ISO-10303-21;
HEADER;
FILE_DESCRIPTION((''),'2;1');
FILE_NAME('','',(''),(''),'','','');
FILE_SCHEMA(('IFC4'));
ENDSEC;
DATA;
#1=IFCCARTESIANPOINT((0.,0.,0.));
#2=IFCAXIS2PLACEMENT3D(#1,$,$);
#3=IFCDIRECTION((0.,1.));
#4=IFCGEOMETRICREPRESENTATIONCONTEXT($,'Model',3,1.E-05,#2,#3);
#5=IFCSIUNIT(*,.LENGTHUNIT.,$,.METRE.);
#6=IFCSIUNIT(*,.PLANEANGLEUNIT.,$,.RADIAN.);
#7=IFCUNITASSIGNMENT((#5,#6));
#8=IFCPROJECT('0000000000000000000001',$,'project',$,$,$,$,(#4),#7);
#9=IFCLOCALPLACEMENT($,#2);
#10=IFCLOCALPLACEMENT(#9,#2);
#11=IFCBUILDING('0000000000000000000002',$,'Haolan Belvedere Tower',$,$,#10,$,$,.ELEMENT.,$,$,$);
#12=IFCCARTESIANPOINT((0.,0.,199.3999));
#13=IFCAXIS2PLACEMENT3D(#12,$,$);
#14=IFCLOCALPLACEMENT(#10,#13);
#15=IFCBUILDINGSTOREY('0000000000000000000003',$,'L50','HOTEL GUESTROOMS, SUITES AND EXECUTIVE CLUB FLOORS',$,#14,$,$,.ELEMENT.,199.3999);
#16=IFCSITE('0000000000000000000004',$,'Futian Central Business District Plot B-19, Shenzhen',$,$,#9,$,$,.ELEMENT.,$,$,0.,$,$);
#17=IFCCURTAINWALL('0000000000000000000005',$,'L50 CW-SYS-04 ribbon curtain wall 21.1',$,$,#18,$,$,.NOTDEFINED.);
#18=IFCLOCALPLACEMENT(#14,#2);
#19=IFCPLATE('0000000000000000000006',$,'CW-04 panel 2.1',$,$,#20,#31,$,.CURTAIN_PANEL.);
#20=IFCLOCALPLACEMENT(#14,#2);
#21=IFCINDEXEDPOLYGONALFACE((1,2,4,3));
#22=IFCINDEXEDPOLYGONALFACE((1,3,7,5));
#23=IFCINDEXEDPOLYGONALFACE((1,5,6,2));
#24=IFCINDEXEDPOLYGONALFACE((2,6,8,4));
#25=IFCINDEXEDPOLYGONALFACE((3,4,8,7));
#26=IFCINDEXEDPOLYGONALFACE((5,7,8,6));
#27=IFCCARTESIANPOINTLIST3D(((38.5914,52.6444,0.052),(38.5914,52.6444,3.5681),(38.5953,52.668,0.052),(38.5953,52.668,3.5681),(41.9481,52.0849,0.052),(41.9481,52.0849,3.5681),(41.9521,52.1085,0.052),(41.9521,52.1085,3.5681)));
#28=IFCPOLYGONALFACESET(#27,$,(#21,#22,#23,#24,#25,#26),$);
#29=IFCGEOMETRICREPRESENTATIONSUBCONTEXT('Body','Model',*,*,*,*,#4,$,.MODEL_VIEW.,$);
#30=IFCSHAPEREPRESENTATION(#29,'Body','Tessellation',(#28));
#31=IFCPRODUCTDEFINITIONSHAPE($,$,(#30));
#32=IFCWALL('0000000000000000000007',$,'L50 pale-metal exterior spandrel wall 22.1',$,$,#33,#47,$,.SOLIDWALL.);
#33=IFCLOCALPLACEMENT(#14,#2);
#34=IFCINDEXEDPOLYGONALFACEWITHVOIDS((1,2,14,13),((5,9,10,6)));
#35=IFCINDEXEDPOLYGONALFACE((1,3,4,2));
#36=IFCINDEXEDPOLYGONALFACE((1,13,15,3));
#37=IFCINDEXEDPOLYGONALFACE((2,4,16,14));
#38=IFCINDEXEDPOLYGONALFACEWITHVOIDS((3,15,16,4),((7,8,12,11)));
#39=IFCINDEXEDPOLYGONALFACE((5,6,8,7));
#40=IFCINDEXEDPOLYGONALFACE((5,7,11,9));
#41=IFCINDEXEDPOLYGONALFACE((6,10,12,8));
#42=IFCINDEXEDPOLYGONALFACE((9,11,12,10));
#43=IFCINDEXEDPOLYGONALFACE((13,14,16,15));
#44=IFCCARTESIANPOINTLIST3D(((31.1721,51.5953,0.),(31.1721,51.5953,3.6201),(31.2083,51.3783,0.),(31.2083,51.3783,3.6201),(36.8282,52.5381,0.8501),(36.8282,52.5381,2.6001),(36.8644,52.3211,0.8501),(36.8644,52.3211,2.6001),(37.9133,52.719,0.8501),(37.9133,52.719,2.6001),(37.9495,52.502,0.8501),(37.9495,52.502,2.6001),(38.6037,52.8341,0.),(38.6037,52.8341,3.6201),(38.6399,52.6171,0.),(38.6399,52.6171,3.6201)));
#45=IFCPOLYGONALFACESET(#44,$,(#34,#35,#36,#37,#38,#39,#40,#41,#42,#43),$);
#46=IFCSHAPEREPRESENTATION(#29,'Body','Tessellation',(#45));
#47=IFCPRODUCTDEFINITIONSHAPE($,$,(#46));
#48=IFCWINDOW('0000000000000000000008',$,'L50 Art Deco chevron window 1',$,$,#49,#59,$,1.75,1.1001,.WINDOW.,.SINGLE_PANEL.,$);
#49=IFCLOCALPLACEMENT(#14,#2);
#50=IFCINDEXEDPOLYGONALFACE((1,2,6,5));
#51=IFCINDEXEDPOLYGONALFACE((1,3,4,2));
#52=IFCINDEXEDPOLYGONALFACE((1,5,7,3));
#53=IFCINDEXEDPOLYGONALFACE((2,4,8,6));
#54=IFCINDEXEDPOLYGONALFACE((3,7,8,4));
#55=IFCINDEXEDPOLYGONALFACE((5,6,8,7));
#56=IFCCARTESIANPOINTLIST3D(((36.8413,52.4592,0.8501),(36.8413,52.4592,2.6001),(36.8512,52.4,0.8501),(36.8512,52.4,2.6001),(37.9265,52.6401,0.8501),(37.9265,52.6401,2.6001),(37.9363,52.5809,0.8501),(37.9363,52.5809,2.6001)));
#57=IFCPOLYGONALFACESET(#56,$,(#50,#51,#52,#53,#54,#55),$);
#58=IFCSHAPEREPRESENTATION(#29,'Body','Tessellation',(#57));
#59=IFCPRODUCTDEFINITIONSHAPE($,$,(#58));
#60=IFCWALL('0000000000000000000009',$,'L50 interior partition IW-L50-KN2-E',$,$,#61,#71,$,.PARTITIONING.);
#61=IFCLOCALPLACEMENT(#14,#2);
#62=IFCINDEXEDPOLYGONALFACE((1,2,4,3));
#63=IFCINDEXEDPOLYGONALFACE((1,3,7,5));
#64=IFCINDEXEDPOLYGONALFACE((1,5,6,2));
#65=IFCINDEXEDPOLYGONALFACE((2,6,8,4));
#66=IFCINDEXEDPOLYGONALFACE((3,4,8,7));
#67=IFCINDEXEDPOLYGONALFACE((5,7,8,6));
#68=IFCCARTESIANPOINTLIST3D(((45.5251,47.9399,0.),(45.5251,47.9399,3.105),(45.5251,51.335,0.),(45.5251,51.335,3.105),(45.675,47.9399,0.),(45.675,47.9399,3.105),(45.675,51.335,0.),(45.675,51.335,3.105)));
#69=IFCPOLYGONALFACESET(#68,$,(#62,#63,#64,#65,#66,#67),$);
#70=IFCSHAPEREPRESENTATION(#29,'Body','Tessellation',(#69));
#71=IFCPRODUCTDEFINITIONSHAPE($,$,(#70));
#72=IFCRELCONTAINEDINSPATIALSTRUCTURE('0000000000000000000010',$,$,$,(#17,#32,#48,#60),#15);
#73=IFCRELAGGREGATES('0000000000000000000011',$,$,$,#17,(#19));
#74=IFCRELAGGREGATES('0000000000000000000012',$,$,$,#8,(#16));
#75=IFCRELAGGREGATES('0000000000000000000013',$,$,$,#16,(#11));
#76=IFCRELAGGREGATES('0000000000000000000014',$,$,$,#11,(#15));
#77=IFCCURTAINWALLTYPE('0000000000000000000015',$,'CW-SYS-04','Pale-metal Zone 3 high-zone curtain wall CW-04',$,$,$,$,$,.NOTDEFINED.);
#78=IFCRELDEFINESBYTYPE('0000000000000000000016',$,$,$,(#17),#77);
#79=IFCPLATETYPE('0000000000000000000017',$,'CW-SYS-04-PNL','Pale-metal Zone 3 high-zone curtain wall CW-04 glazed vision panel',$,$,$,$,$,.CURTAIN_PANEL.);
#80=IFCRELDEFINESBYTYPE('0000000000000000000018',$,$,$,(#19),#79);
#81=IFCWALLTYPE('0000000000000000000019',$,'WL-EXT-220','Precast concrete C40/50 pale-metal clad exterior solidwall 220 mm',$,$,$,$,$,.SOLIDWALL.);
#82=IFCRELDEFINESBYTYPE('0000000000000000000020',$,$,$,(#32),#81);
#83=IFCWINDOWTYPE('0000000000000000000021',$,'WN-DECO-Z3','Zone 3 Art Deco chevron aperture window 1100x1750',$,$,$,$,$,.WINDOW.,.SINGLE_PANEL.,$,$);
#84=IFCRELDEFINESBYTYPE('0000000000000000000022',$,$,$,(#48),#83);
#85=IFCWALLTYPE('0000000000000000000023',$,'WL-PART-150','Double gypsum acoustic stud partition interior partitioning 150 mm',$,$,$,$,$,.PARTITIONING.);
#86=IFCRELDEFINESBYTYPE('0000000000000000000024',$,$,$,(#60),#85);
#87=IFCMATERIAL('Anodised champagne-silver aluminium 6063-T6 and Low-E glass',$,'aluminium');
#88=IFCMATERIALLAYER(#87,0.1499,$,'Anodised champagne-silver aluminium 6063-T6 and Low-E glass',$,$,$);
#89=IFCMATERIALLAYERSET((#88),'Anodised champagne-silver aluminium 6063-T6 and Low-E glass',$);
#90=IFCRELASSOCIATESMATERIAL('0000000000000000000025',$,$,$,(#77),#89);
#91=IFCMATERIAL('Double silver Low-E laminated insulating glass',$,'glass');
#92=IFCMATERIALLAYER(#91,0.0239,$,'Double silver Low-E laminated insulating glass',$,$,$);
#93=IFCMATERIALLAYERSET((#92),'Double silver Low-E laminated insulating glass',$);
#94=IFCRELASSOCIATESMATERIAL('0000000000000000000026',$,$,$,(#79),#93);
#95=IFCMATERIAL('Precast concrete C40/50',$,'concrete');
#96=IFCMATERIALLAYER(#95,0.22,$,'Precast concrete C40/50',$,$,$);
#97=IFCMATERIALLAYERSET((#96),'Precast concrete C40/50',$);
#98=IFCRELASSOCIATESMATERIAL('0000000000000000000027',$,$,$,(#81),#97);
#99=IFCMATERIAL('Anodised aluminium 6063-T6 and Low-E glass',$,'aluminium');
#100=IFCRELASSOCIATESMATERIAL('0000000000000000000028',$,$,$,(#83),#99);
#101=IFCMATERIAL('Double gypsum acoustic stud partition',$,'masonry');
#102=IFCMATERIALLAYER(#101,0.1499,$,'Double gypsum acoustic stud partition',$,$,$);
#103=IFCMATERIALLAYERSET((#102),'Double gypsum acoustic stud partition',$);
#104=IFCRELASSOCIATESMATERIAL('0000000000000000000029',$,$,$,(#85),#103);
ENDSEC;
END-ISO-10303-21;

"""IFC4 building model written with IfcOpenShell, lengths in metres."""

from ifc_helpers import new_model, si_unit, direction, frame, frame_2d, origin, origin_2d, place, context, subcontext, project, spatial, rectangle, extrude, material, layer, layer_set, type_object, element, fill, aggregate, save


model = new_model("IFC4")

# Units and contexts
model_context = context("Model", 3, precision=1e-05, world=origin(), true_north=direction((0.0, 1.0)))
body_context = subcontext(model_context, "Body", "Model", "MODEL_VIEW")
ifc_project = project(units=[si_unit("LENGTHUNIT", "METRE"), si_unit("PLANEANGLEUNIT", "RADIAN")], contexts=[model_context])

# Site, building, storey
site_placement = place(None, origin())
site = spatial("IfcSite", under=ifc_project, at=site_placement, Name="Futian Central Business District Plot B-19, Shenzhen", CompositionType="ELEMENT", RefElevation=0.0)
building_placement = place(site_placement, origin())
building = spatial("IfcBuilding", under=site, at=building_placement, Name="Haolan Belvedere Tower", CompositionType="ELEMENT")
storey_placement = place(building_placement, frame((0.0, 0.0, 199.3999)))
storey = spatial("IfcBuildingStorey", under=building, at=storey_placement, Name="L50", Description="HOTEL GUESTROOMS, SUITES AND EXECUTIVE CLUB FLOORS", CompositionType="ELEMENT", Elevation=199.3999)

# Shared definitions
ifc_material_1 = material(Name="Anodised champagne-silver aluminium 6063-T6 and Low-E glass", Category="aluminium")
ifc_layer_1 = layer(ifc_material_1, 0.1499, Name="Anodised champagne-silver aluminium 6063-T6 and Low-E glass")
ifc_layer_set_1 = layer_set([ifc_layer_1], Name="Anodised champagne-silver aluminium 6063-T6 and Low-E glass")
curtain_wall_type = type_object("IfcCurtainWallType", Name="CW-SYS-04", Description="Pale-metal Zone 3 high-zone curtain wall CW-04", PredefinedType="NOTDEFINED", material=ifc_layer_set_1)

# Curtain wall
curtain_wall_1_placement = place(storey_placement, origin())
curtain_wall_1 = element("IfcCurtainWall", 1, at=curtain_wall_1_placement, inside=storey, type_object=curtain_wall_type, Name="L50 CW-SYS-04 ribbon curtain wall 21.1", PredefinedType="NOTDEFINED")

# Plate
ifc_material_2 = material(Name="Double silver Low-E laminated insulating glass", Category="glass")
ifc_layer_2 = layer(ifc_material_2, 0.0239, Name="Double silver Low-E laminated insulating glass")
ifc_layer_set_2 = layer_set([ifc_layer_2], Name="Double silver Low-E laminated insulating glass")
plate_type = type_object("IfcPlateType", Name="CW-SYS-04-PNL", Description="Pale-metal Zone 3 high-zone curtain wall CW-04 glazed vision panel", PredefinedType="CURTAIN_PANEL", material=ifc_layer_set_2)
plate_1_placement = place(storey_placement, frame((40.2717, 52.3765, 0.052), z_axis=(0.0, 0.0, 1.0), x_axis=(-0.986393, 0.164406, 0.0)))
plate_1 = element("IfcPlate", 2, at=plate_1_placement, type_object=plate_type, Name="CW-04 panel 2.1", PredefinedType="CURTAIN_PANEL", context=body_context, shape_type="SweptSolid", body=[
    extrude(rectangle(XDim=3.4031, YDim=0.0239, at=origin_2d()), origin(), (0.0, 0.0, 1.0), 3.5161),
])
aggregate(curtain_wall_1, [plate_1])

# Wall, opening, window
ifc_material_3 = material(Name="Precast concrete C40/50", Category="concrete")
ifc_layer_3 = layer(ifc_material_3, 0.22, Name="Precast concrete C40/50")
ifc_layer_set_3 = layer_set([ifc_layer_3], Name="Precast concrete C40/50")
wall_type_1 = type_object("IfcWallType", Name="WL-EXT-220", Description="Precast concrete C40/50 pale-metal clad exterior solidwall 220 mm", PredefinedType="SOLIDWALL", material=ifc_layer_set_3)
wall_1_placement = place(storey_placement, frame((38.6218, 52.7256, 0.0), z_axis=(0.0, 0.0, 1.0), x_axis=(-0.98639, -0.16442, 0.0)))
wall_1 = element("IfcWall", 3, at=wall_1_placement, inside=storey, type_object=wall_type_1, Name="L50 pale-metal exterior spandrel wall 22.1", PredefinedType="SOLIDWALL", context=body_context, shape_type="SweptSolid", body=[
    extrude(rectangle(XDim=7.5342, YDim=0.22, at=frame_2d((3.7671, 0.0))), origin(), (0.0, 0.0, 1.0), 3.6201),
])
opening_placement = place(wall_1_placement, frame((0.7, 0.0, 0.8501)))
opening = element("IfcOpeningElement", 4, at=opening_placement, cuts=wall_1, PredefinedType="OPENING", context=body_context, shape_type="SweptSolid", body=[
    extrude(rectangle(XDim=1.1001, YDim=1.75, at=frame_2d((0.55, 0.875))), frame((0.0, 0.1199, 0.0), z_axis=(0.0, -1.0, 0.0), x_axis=(1.0, 0.0, 0.0)), (0.0, 0.0, 1.0), 0.24),
])
ifc_material_4 = material(Name="Anodised aluminium 6063-T6 and Low-E glass", Category="aluminium")
window_type = type_object("IfcWindowType", Name="WN-DECO-Z3", Description="Zone 3 Art Deco chevron aperture window 1100x1750", PartitioningType="SINGLE_PANEL", PredefinedType="WINDOW", material=ifc_material_4)
window_placement = place(opening_placement, origin())
window = element("IfcWindow", 5, at=window_placement, inside=storey, type_object=window_type, Name="L50 Art Deco chevron window 1", OverallHeight=1.75, OverallWidth=1.1001, PartitioningType="SINGLE_PANEL", PredefinedType="WINDOW", context=body_context, shape_type="SweptSolid", body=[
    extrude(rectangle(XDim=1.1001, YDim=1.75, at=frame_2d((0.55, 0.875))), frame((0.0, 0.03, 0.0), z_axis=(0.0, -1.0, 0.0), x_axis=(1.0, 0.0, 0.0)), (0.0, 0.0, 1.0), 0.0601),
])
fill(opening, window)

# Wall
ifc_material_5 = material(Name="Double gypsum acoustic stud partition", Category="masonry")
ifc_layer_4 = layer(ifc_material_5, 0.1499, Name="Double gypsum acoustic stud partition")
ifc_layer_set_4 = layer_set([ifc_layer_4], Name="Double gypsum acoustic stud partition")
wall_type_2 = type_object("IfcWallType", Name="WL-PART-150", Description="Double gypsum acoustic stud partition interior partitioning 150 mm", PredefinedType="PARTITIONING", material=ifc_layer_set_4)
wall_2_placement = place(storey_placement, frame((45.6001, 47.9399, 0.0), z_axis=(0.0, 0.0, 1.0), x_axis=(0.0, 1.0, 0.0)))
element("IfcWall", 6, at=wall_2_placement, inside=storey, type_object=wall_type_2, Name="L50 interior partition IW-L50-KN2-E", PredefinedType="PARTITIONING", context=body_context, shape_type="SweptSolid", body=[
    extrude(rectangle(XDim=3.395, YDim=0.1499, at=frame_2d((1.6975, 0.0))), origin(), (0.0, 0.0, 1.0), 3.105),
])

save(model, "model.ifc")
